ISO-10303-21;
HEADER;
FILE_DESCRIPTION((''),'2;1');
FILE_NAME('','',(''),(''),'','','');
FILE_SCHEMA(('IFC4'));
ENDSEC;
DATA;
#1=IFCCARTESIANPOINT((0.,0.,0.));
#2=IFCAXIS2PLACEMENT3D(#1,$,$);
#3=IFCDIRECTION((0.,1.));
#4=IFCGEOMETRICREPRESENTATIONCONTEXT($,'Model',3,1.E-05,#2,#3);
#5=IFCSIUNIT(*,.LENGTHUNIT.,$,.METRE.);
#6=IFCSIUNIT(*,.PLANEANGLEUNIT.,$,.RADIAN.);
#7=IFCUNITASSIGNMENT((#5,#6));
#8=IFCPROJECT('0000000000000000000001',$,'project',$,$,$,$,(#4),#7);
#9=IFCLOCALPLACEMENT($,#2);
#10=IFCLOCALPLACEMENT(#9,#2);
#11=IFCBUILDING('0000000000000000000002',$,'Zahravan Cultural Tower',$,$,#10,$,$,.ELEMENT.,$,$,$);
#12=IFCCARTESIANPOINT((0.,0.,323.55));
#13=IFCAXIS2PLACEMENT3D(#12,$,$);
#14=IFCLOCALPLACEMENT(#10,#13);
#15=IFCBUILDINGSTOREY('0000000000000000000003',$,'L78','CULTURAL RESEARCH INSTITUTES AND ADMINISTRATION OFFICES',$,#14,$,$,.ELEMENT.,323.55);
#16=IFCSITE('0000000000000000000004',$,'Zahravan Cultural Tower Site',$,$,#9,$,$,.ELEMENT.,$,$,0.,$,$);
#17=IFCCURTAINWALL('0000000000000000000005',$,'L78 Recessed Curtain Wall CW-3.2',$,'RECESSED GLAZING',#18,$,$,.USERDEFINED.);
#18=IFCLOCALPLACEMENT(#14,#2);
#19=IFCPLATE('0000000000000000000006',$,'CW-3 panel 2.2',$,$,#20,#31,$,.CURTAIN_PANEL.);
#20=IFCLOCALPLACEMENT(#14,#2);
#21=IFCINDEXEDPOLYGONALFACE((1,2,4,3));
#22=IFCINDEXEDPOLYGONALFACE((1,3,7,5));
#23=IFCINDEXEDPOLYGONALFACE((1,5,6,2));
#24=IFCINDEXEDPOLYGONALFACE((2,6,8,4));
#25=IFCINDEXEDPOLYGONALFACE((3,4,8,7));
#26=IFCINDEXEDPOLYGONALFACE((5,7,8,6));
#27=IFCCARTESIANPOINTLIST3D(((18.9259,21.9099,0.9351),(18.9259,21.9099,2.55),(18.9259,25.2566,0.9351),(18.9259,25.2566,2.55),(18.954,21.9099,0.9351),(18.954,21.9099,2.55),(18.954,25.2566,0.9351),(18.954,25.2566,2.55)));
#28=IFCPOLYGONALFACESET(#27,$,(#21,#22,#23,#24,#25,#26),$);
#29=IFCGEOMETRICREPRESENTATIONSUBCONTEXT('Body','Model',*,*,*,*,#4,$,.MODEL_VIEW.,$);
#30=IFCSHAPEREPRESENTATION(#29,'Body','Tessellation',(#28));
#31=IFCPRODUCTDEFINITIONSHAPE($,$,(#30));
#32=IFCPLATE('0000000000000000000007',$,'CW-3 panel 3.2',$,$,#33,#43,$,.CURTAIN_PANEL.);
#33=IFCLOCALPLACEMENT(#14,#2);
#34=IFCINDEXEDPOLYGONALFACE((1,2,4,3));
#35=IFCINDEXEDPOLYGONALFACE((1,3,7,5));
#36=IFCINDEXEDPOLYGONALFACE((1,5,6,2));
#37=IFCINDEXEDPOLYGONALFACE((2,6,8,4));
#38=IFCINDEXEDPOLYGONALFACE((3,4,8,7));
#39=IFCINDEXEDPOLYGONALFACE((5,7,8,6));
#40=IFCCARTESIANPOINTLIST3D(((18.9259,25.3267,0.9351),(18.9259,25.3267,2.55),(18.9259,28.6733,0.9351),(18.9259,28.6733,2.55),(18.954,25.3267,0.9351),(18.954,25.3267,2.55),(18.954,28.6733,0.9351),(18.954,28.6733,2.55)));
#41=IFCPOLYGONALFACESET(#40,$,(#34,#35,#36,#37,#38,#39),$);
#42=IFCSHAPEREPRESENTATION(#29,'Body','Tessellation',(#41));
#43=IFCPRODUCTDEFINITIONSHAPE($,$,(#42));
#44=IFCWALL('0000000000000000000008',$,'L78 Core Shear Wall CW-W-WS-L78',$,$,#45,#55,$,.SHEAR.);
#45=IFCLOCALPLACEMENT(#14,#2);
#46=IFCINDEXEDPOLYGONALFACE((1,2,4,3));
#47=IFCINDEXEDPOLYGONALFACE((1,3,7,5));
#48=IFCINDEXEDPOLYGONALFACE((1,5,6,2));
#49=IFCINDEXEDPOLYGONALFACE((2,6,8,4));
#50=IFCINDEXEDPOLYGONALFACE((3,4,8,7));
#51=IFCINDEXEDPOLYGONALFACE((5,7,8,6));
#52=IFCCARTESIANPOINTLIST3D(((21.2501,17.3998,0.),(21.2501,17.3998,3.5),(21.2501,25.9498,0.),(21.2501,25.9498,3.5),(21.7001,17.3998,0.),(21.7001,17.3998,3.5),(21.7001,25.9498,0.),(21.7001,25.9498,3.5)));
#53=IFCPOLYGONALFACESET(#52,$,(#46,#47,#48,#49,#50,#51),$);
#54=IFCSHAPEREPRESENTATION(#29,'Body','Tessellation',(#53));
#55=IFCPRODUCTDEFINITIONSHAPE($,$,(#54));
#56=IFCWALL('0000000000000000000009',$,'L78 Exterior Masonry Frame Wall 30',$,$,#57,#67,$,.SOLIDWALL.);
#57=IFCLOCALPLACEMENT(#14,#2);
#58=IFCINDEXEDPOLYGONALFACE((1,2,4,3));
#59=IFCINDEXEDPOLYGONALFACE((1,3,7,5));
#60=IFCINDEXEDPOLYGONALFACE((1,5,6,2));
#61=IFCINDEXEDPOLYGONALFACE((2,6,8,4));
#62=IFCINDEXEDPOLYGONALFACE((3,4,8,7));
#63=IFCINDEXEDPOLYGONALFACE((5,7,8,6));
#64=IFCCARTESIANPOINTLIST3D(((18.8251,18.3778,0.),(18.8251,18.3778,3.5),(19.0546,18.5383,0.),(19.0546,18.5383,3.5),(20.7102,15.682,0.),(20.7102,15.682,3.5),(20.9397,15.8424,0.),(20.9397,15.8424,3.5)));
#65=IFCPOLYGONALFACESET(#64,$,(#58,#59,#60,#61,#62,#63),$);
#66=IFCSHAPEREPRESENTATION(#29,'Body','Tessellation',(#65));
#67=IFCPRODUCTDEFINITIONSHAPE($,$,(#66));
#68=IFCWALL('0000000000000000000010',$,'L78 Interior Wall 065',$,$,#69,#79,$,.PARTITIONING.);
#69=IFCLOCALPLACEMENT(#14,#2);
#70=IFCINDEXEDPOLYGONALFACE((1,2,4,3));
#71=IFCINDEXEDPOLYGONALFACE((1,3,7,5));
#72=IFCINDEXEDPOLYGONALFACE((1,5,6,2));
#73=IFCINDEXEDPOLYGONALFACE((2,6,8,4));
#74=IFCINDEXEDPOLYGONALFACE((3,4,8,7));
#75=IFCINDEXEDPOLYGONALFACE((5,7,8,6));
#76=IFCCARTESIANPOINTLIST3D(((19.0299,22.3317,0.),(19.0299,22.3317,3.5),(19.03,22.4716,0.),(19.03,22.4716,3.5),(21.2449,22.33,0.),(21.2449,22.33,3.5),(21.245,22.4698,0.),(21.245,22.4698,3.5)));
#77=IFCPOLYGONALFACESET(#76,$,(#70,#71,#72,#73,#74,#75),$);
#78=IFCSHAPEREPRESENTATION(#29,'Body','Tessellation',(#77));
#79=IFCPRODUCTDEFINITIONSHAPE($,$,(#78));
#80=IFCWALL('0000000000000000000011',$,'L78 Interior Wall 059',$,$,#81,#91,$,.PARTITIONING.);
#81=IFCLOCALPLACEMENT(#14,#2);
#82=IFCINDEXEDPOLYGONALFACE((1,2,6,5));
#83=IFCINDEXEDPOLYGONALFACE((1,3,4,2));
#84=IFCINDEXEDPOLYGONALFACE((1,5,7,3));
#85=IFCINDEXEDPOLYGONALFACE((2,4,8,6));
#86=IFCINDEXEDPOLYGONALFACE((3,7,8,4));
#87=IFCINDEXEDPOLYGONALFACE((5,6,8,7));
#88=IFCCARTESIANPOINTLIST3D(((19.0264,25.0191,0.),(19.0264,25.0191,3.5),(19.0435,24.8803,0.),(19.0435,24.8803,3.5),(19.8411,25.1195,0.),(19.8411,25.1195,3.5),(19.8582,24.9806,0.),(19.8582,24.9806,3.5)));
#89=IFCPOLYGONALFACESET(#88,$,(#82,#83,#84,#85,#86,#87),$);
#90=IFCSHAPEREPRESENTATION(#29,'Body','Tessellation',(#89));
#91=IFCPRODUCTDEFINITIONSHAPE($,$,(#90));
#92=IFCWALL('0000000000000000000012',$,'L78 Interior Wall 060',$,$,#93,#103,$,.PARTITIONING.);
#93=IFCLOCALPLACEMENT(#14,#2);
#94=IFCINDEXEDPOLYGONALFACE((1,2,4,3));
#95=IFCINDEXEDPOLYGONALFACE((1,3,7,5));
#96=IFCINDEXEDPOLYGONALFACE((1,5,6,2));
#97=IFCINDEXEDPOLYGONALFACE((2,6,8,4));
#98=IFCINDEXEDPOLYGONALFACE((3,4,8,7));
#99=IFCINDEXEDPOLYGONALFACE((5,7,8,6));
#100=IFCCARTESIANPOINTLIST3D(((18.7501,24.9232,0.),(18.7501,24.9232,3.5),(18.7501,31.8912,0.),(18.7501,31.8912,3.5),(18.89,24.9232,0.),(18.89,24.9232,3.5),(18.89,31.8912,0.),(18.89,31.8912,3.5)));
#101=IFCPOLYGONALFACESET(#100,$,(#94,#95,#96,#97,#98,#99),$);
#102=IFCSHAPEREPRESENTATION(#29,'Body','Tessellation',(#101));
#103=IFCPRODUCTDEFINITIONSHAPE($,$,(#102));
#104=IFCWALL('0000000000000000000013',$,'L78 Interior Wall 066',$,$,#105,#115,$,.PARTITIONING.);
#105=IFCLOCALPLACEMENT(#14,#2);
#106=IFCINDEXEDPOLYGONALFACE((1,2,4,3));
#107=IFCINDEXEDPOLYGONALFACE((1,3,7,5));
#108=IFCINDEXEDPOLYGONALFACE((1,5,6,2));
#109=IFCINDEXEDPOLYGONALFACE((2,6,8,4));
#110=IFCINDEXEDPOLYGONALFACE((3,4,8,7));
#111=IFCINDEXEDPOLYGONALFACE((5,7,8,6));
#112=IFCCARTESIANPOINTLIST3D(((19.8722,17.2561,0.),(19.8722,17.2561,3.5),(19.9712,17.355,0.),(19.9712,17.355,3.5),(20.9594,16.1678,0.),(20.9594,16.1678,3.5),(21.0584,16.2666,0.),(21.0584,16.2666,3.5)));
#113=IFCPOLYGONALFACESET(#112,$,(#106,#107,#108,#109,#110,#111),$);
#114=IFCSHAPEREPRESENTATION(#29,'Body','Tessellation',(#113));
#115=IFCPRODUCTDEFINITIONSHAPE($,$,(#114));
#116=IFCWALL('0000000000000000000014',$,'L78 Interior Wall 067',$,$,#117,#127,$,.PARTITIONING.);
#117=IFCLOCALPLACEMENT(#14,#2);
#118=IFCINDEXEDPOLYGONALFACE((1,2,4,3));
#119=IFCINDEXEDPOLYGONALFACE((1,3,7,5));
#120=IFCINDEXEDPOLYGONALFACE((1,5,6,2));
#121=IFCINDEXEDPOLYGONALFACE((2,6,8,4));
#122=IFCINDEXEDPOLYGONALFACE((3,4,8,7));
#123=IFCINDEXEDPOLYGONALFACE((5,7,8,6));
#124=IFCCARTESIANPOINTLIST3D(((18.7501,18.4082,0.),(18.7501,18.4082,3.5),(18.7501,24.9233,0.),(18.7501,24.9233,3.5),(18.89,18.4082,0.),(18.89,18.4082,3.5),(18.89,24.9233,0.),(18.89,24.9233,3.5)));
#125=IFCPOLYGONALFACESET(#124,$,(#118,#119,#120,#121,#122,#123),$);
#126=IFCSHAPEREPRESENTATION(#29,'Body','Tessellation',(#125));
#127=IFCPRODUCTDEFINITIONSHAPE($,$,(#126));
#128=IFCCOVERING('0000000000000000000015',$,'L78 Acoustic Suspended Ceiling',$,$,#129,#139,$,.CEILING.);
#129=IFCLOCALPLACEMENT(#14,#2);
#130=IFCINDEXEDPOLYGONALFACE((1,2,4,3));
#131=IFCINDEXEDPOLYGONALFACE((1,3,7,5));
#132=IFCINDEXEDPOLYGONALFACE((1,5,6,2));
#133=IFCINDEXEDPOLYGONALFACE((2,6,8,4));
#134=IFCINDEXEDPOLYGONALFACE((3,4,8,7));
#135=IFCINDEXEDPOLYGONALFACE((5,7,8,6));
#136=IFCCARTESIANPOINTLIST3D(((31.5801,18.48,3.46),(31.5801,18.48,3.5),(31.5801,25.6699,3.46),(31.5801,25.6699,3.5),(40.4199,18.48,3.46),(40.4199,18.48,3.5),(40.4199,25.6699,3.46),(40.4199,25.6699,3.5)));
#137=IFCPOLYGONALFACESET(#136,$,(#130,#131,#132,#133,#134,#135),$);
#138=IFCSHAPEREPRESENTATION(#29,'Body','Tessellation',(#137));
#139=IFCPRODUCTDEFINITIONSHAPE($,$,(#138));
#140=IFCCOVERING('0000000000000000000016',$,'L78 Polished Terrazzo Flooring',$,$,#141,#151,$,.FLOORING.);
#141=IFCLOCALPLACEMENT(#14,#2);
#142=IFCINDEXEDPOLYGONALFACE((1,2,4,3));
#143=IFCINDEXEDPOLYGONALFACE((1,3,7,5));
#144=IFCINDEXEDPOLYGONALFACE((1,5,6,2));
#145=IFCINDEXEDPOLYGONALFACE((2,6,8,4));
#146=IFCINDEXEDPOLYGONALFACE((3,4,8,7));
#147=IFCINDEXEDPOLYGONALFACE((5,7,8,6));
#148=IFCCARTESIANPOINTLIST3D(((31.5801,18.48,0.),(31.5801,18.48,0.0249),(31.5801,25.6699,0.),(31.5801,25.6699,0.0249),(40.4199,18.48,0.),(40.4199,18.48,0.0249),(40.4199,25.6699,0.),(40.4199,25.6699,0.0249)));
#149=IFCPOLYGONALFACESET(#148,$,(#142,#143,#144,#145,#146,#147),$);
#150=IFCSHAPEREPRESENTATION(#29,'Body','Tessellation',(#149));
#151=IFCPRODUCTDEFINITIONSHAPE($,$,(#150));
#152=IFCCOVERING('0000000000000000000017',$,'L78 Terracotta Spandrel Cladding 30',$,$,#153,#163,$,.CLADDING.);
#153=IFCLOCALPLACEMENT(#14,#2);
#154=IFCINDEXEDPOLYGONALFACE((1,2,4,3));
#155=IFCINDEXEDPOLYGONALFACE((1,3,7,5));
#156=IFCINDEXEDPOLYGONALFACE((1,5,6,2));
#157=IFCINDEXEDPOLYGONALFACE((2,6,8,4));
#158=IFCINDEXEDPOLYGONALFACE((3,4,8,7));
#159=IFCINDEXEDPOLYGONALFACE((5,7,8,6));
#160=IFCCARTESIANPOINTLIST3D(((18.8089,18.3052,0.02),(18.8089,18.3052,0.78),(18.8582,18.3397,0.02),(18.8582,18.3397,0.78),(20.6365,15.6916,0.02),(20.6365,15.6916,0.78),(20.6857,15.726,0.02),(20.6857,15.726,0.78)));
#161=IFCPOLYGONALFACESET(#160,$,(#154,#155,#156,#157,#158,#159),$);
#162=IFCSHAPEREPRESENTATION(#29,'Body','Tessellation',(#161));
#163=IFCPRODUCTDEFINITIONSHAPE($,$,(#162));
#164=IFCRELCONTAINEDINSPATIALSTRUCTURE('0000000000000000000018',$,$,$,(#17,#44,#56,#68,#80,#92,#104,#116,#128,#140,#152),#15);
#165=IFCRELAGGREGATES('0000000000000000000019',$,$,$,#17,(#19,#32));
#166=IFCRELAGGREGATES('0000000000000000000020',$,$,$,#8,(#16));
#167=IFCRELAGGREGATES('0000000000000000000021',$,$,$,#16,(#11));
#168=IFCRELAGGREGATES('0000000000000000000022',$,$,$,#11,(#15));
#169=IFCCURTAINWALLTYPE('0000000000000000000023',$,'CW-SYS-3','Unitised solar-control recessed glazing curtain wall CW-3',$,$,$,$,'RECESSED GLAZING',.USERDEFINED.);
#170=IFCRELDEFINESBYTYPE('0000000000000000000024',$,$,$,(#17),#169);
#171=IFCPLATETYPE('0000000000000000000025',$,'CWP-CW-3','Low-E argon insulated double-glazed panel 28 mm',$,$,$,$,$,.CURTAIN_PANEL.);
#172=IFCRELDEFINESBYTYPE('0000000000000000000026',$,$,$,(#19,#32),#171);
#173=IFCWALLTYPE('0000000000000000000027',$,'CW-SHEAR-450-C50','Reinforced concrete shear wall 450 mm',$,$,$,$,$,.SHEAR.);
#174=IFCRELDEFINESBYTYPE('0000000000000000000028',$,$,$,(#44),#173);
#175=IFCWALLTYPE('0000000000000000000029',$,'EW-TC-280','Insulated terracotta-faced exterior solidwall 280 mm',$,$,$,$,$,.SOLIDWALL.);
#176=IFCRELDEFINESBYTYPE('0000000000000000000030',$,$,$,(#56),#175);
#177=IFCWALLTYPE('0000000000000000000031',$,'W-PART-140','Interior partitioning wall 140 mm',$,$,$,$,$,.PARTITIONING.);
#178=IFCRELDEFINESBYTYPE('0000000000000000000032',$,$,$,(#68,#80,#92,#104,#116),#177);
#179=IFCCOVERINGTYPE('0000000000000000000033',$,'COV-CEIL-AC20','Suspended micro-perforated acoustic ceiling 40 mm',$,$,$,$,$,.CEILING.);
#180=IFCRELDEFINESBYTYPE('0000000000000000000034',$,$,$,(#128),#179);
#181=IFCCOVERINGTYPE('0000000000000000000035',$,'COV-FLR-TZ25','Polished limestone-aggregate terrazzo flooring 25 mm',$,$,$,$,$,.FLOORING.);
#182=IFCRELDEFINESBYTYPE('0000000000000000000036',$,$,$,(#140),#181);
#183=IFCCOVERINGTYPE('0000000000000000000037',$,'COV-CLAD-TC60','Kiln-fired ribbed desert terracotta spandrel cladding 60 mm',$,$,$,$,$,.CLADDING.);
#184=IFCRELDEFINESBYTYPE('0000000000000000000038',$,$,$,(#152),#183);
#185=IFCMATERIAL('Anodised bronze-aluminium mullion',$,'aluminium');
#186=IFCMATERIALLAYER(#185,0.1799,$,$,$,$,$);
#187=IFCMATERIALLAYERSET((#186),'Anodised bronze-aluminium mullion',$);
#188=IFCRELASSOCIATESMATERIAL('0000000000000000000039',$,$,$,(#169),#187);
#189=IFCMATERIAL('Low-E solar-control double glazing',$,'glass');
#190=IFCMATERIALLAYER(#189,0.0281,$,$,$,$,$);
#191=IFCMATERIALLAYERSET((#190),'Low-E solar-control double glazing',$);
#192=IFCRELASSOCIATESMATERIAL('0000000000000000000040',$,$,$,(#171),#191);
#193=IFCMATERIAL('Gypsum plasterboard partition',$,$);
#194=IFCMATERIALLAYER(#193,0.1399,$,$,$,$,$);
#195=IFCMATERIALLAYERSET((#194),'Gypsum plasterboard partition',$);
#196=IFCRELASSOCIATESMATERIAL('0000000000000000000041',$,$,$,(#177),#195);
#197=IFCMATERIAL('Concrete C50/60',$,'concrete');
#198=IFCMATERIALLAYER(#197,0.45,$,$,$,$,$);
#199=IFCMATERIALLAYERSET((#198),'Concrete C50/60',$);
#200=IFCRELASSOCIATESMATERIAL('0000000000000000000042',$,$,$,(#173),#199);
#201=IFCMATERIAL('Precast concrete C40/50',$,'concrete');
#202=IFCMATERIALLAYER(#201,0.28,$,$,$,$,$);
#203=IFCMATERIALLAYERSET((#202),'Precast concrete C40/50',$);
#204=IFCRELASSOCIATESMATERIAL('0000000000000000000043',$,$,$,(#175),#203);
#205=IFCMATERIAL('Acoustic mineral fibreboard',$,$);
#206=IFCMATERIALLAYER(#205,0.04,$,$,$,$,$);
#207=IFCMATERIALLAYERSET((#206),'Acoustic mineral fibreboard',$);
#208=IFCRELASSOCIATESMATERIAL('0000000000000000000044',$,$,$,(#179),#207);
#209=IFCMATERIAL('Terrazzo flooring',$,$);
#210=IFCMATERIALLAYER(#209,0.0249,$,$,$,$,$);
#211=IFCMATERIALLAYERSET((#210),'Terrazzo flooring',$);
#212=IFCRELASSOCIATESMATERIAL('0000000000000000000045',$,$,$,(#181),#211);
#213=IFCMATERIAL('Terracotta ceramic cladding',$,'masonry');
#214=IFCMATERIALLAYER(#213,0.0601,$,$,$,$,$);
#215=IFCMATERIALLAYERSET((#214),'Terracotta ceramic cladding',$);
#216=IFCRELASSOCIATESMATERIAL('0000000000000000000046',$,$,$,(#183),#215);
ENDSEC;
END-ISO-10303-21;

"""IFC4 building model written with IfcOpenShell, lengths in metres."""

from ifc_helpers import new_model, si_unit, direction, frame, frame_2d, origin, origin_2d, place, context, subcontext, project, spatial, polyline, rectangle, outline, extrude, source, transform, mapped, material, layer, layer_set, type_object, element, aggregate, save


model = new_model("IFC4")

# Units and contexts
model_context = context("Model", 3, precision=1e-05, world=origin(), true_north=direction((0.0, 1.0)))
body_context = subcontext(model_context, "Body", "Model", "MODEL_VIEW")
ifc_project = project(units=[si_unit("LENGTHUNIT", "METRE"), si_unit("PLANEANGLEUNIT", "RADIAN")], contexts=[model_context])

# Site, building, storey
site_placement = place(None, origin())
site = spatial("IfcSite", under=ifc_project, at=site_placement, Name="Zahravan Cultural Tower Site", CompositionType="ELEMENT", RefElevation=0.0)
building_placement = place(site_placement, origin())
building = spatial("IfcBuilding", under=site, at=building_placement, Name="Zahravan Cultural Tower", CompositionType="ELEMENT")
storey_placement = place(building_placement, frame((0.0, 0.0, 323.55)))
storey = spatial("IfcBuildingStorey", under=building, at=storey_placement, Name="L78", Description="CULTURAL RESEARCH INSTITUTES AND ADMINISTRATION OFFICES", CompositionType="ELEMENT", Elevation=323.55)

# Shared definitions
ifc_material_1 = material(Name="Concrete C50/60", Category="concrete")

# Curtain wall
ifc_material_2 = material(Name="Anodised bronze-aluminium mullion", Category="aluminium")
ifc_layer_1 = layer(ifc_material_2, 0.1799)
ifc_layer_set_1 = layer_set([ifc_layer_1], Name="Anodised bronze-aluminium mullion")
curtain_wall_type = type_object("IfcCurtainWallType", Name="CW-SYS-3", Description="Unitised solar-control recessed glazing curtain wall CW-3", ElementType="RECESSED GLAZING", PredefinedType="USERDEFINED", material=ifc_layer_set_1)
curtain_wall_placement = place(storey_placement, origin())
curtain_wall = element("IfcCurtainWall", 1, at=curtain_wall_placement, inside=storey, type_object=curtain_wall_type, Name="L78 Recessed Curtain Wall CW-3.2", ObjectType="RECESSED GLAZING", PredefinedType="USERDEFINED")

# Plates
ifc_material_3 = material(Name="Low-E solar-control double glazing", Category="glass")
ifc_layer_2 = layer(ifc_material_3, 0.0281)
ifc_layer_set_2 = layer_set([ifc_layer_2], Name="Low-E solar-control double glazing")
plate_type = type_object("IfcPlateType", Name="CWP-CW-3", Description="Low-E argon insulated double-glazed panel 28 mm", PredefinedType="CURTAIN_PANEL", material=ifc_layer_set_2)
shared_shape_1 = source(origin(), body_context, "Body", "SweptSolid", [
    extrude(rectangle(XDim=3.3467, YDim=0.0281, at=origin_2d()), origin(), (0.0, 0.0, 1.0), 1.615),
])
plate_1_placement = place(storey_placement, frame((18.9399, 23.5833, 0.9351), z_axis=(0.0, 0.0, 1.0), x_axis=(0.0, 1.0, 0.0)))
plate_1 = element("IfcPlate", 2, at=plate_1_placement, type_object=plate_type, Name="CW-3 panel 2.2", PredefinedType="CURTAIN_PANEL", context=body_context, shape_type="MappedRepresentation", body=[
    mapped(shared_shape_1, transform((0.0, 0.0, 0.0), x_axis=(1.0, 0.0, 0.0), y_axis=(0.0, 1.0, 0.0), z_axis=(0.0, 0.0, 1.0), scale=1.0)),
])
plate_2_placement = place(storey_placement, frame((18.9399, 27.0, 0.9351), z_axis=(0.0, 0.0, 1.0), x_axis=(0.0, 1.0, 0.0)))
plate_2 = element("IfcPlate", 3, at=plate_2_placement, type_object=plate_type, Name="CW-3 panel 3.2", PredefinedType="CURTAIN_PANEL", context=body_context, shape_type="MappedRepresentation", body=[
    mapped(shared_shape_1, transform((0.0, 0.0, 0.0), x_axis=(1.0, 0.0, 0.0), y_axis=(0.0, 1.0, 0.0), z_axis=(0.0, 0.0, 1.0), scale=1.0)),
])
aggregate(curtain_wall, [plate_1, plate_2])

# Shared definitions
ifc_material_4 = material(Name="Gypsum plasterboard partition")
ifc_layer_3 = layer(ifc_material_4, 0.1399)
ifc_layer_set_3 = layer_set([ifc_layer_3], Name="Gypsum plasterboard partition")
wall_type_1 = type_object("IfcWallType", Name="W-PART-140", Description="Interior partitioning wall 140 mm", PredefinedType="PARTITIONING", material=ifc_layer_set_3)

# Walls
ifc_layer_4 = layer(ifc_material_1, 0.45)
ifc_layer_set_4 = layer_set([ifc_layer_4], Name="Concrete C50/60")
wall_type_2 = type_object("IfcWallType", Name="CW-SHEAR-450-C50", Description="Reinforced concrete shear wall 450 mm", PredefinedType="SHEAR", material=ifc_layer_set_4)
shared_shape_2 = source(origin(), body_context, "Body", "SweptSolid", [
    extrude(rectangle(XDim=8.55, YDim=0.45, at=frame_2d((4.2749, 0.0))), origin(), (0.0, 0.0, 1.0), 3.5),
])
wall_1_placement = place(storey_placement, frame((21.4751, 17.3999, 0.0), z_axis=(0.0, 0.0, 1.0), x_axis=(0.0, 1.0, 0.0)))
element("IfcWall", 4, at=wall_1_placement, inside=storey, type_object=wall_type_2, Name="L78 Core Shear Wall CW-W-WS-L78", PredefinedType="SHEAR", context=body_context, shape_type="MappedRepresentation", body=[
    mapped(shared_shape_2, transform((0.0, 0.0, 0.0), x_axis=(1.0, 0.0, 0.0), y_axis=(0.0, 1.0, 0.0), z_axis=(0.0, 0.0, 1.0), scale=1.0)),
])
ifc_material_5 = material(Name="Precast concrete C40/50", Category="concrete")
ifc_layer_5 = layer(ifc_material_5, 0.28)
ifc_layer_set_5 = layer_set([ifc_layer_5], Name="Precast concrete C40/50")
wall_type_3 = type_object("IfcWallType", Name="EW-TC-280", Description="Insulated terracotta-faced exterior solidwall 280 mm", PredefinedType="SOLIDWALL", material=ifc_layer_set_5)
shared_shape_3 = source(origin(), body_context, "Body", "SweptSolid", [
    extrude(rectangle(XDim=3.2896, YDim=0.28, at=frame_2d((1.6448, 0.0))), origin(), (0.0, 0.0, 1.0), 3.5),
])
wall_2_placement = place(storey_placement, frame((20.825, 15.7622, 0.0), z_axis=(0.0, 0.0, 1.0), x_axis=(-0.573044, 0.819525, 0.0)))
element("IfcWall", 5, at=wall_2_placement, inside=storey, type_object=wall_type_3, Name="L78 Exterior Masonry Frame Wall 30", PredefinedType="SOLIDWALL", context=body_context, shape_type="MappedRepresentation", body=[
    mapped(shared_shape_3, transform((0.0, 0.0, 0.0), x_axis=(1.0, 0.0, 0.0), y_axis=(0.0, 1.0, 0.0), z_axis=(0.0, 0.0, 1.0), scale=1.0)),
])
shared_shape_4 = source(origin(), body_context, "Body", "SweptSolid", [
    extrude(rectangle(XDim=2.2151, YDim=0.1399, at=frame_2d((1.1074, 0.0))), origin(), (0.0, 0.0, 1.0), 3.5),
])
wall_3_placement = place(storey_placement, frame((19.03, 22.4016, 0.0), z_axis=(0.0, 0.0, 1.0), x_axis=(1.0, -0.000772, 0.0)))
element("IfcWall", 6, at=wall_3_placement, inside=storey, type_object=wall_type_1, Name="L78 Interior Wall 065", PredefinedType="PARTITIONING", context=body_context, shape_type="MappedRepresentation", body=[
    mapped(shared_shape_4, transform((0.0, 0.0, 0.0), x_axis=(1.0, 0.0, 0.0), y_axis=(0.0, 1.0, 0.0), z_axis=(0.0, 0.0, 1.0), scale=1.0)),
])
shared_shape_5 = source(origin(), body_context, "Body", "SweptSolid", [
    extrude(rectangle(XDim=0.8208, YDim=0.1399, at=frame_2d((0.4104, 0.0))), origin(), (0.0, 0.0, 1.0), 3.5),
])
wall_4_placement = place(storey_placement, frame((19.8496, 25.05, 0.0), z_axis=(0.0, 0.0, 1.0), x_axis=(-0.9925, -0.122241, 0.0)))
element("IfcWall", 7, at=wall_4_placement, inside=storey, type_object=wall_type_1, Name="L78 Interior Wall 059", PredefinedType="PARTITIONING", context=body_context, shape_type="MappedRepresentation", body=[
    mapped(shared_shape_5, transform((0.0, 0.0, 0.0), x_axis=(1.0, 0.0, 0.0), y_axis=(0.0, 1.0, 0.0), z_axis=(0.0, 0.0, 1.0), scale=1.0)),
])
shared_shape_6 = source(origin(), body_context, "Body", "SweptSolid", [
    extrude(rectangle(XDim=6.968, YDim=0.1399, at=frame_2d((3.4839, 0.0))), origin(), (0.0, 0.0, 1.0), 3.5),
])
wall_5_placement = place(storey_placement, frame((18.8201, 24.9233, 0.0), z_axis=(0.0, 0.0, 1.0), x_axis=(0.0, 1.0, 0.0)))
element("IfcWall", 8, at=wall_5_placement, inside=storey, type_object=wall_type_1, Name="L78 Interior Wall 060", PredefinedType="PARTITIONING", context=body_context, shape_type="MappedRepresentation", body=[
    mapped(shared_shape_6, transform((0.0, 0.0, 0.0), x_axis=(1.0, 0.0, 0.0), y_axis=(0.0, 1.0, 0.0), z_axis=(0.0, 0.0, 1.0), scale=1.0)),
])
shared_shape_7 = source(origin(), body_context, "Body", "SweptSolid", [
    extrude(rectangle(XDim=1.5383, YDim=0.1399, at=frame_2d((0.769, 0.0))), origin(), (0.0, 0.0, 1.0), 3.5),
])
wall_6_placement = place(storey_placement, frame((21.0088, 16.2173, 0.0), z_axis=(0.0, 0.0, 1.0), x_axis=(-0.70671, 0.707503, 0.0)))
element("IfcWall", 9, at=wall_6_placement, inside=storey, type_object=wall_type_1, Name="L78 Interior Wall 066", PredefinedType="PARTITIONING", context=body_context, shape_type="MappedRepresentation", body=[
    mapped(shared_shape_7, transform((0.0, 0.0, 0.0), x_axis=(1.0, 0.0, 0.0), y_axis=(0.0, 1.0, 0.0), z_axis=(0.0, 0.0, 1.0), scale=1.0)),
])
shared_shape_8 = source(origin(), body_context, "Body", "SweptSolid", [
    extrude(rectangle(XDim=6.5151, YDim=0.1399, at=frame_2d((3.2576, 0.0))), origin(), (0.0, 0.0, 1.0), 3.5),
])
wall_7_placement = place(storey_placement, frame((18.8201, 18.4082, 0.0), z_axis=(0.0, 0.0, 1.0), x_axis=(0.0, 1.0, 0.0)))
element("IfcWall", 10, at=wall_7_placement, inside=storey, type_object=wall_type_1, Name="L78 Interior Wall 067", PredefinedType="PARTITIONING", context=body_context, shape_type="MappedRepresentation", body=[
    mapped(shared_shape_8, transform((0.0, 0.0, 0.0), x_axis=(1.0, 0.0, 0.0), y_axis=(0.0, 1.0, 0.0), z_axis=(0.0, 0.0, 1.0), scale=1.0)),
])

# Coverings
ifc_material_6 = material(Name="Acoustic mineral fibreboard")
ifc_layer_6 = layer(ifc_material_6, 0.04)
ifc_layer_set_6 = layer_set([ifc_layer_6], Name="Acoustic mineral fibreboard")
covering_type_1 = type_object("IfcCoveringType", Name="COV-CEIL-AC20", Description="Suspended micro-perforated acoustic ceiling 40 mm", PredefinedType="CEILING", material=ifc_layer_set_6)
covering_1_placement = place(storey_placement, frame((0.0, 0.0, 3.46)))
element("IfcCovering", 11, at=covering_1_placement, inside=storey, type_object=covering_type_1, Name="L78 Acoustic Suspended Ceiling", PredefinedType="CEILING", context=body_context, shape_type="SweptSolid", body=[
    extrude(outline(polyline([(40.4199, 25.6699), (31.5801, 25.6699), (31.5801, 18.48), (40.4199, 18.48), (40.4199, 25.6699)])), origin(), (0.0, 0.0, 1.0), 0.04),
])
ifc_material_7 = material(Name="Terrazzo flooring")
ifc_layer_7 = layer(ifc_material_7, 0.0249)
ifc_layer_set_7 = layer_set([ifc_layer_7], Name="Terrazzo flooring")
covering_type_2 = type_object("IfcCoveringType", Name="COV-FLR-TZ25", Description="Polished limestone-aggregate terrazzo flooring 25 mm", PredefinedType="FLOORING", material=ifc_layer_set_7)
covering_2_placement = place(storey_placement, origin())
element("IfcCovering", 12, at=covering_2_placement, inside=storey, type_object=covering_type_2, Name="L78 Polished Terrazzo Flooring", PredefinedType="FLOORING", context=body_context, shape_type="SweptSolid", body=[
    extrude(outline(polyline([(40.4199, 25.6699), (31.5801, 25.6699), (31.5801, 18.48), (40.4199, 18.48), (40.4199, 25.6699)])), origin(), (0.0, 0.0, 1.0), 0.0249),
])
ifc_material_8 = material(Name="Terracotta ceramic cladding", Category="masonry")
ifc_layer_8 = layer(ifc_material_8, 0.0601)
ifc_layer_set_8 = layer_set([ifc_layer_8], Name="Terracotta ceramic cladding")
covering_type_3 = type_object("IfcCoveringType", Name="COV-CLAD-TC60", Description="Kiln-fired ribbed desert terracotta spandrel cladding 60 mm", PredefinedType="CLADDING", material=ifc_layer_set_8)
shared_shape_9 = source(origin(), body_context, "Body", "SweptSolid", [
    extrude(rectangle(XDim=3.1892, YDim=0.0601, at=origin_2d()), origin(), (0.0, 0.0, 1.0), 0.76),
])
covering_3_placement = place(storey_placement, frame((19.7473, 17.0156, 0.02), z_axis=(0.0, 0.0, 1.0), x_axis=(-0.573033, 0.819532, 0.0)))
element("IfcCovering", 13, at=covering_3_placement, inside=storey, type_object=covering_type_3, Name="L78 Terracotta Spandrel Cladding 30", PredefinedType="CLADDING", context=body_context, shape_type="MappedRepresentation", body=[
    mapped(shared_shape_9, transform((0.0, 0.0, 0.0), x_axis=(1.0, 0.0, 0.0), y_axis=(0.0, 1.0, 0.0), z_axis=(0.0, 0.0, 1.0), scale=1.0)),
])

save(model, "model.ifc")
